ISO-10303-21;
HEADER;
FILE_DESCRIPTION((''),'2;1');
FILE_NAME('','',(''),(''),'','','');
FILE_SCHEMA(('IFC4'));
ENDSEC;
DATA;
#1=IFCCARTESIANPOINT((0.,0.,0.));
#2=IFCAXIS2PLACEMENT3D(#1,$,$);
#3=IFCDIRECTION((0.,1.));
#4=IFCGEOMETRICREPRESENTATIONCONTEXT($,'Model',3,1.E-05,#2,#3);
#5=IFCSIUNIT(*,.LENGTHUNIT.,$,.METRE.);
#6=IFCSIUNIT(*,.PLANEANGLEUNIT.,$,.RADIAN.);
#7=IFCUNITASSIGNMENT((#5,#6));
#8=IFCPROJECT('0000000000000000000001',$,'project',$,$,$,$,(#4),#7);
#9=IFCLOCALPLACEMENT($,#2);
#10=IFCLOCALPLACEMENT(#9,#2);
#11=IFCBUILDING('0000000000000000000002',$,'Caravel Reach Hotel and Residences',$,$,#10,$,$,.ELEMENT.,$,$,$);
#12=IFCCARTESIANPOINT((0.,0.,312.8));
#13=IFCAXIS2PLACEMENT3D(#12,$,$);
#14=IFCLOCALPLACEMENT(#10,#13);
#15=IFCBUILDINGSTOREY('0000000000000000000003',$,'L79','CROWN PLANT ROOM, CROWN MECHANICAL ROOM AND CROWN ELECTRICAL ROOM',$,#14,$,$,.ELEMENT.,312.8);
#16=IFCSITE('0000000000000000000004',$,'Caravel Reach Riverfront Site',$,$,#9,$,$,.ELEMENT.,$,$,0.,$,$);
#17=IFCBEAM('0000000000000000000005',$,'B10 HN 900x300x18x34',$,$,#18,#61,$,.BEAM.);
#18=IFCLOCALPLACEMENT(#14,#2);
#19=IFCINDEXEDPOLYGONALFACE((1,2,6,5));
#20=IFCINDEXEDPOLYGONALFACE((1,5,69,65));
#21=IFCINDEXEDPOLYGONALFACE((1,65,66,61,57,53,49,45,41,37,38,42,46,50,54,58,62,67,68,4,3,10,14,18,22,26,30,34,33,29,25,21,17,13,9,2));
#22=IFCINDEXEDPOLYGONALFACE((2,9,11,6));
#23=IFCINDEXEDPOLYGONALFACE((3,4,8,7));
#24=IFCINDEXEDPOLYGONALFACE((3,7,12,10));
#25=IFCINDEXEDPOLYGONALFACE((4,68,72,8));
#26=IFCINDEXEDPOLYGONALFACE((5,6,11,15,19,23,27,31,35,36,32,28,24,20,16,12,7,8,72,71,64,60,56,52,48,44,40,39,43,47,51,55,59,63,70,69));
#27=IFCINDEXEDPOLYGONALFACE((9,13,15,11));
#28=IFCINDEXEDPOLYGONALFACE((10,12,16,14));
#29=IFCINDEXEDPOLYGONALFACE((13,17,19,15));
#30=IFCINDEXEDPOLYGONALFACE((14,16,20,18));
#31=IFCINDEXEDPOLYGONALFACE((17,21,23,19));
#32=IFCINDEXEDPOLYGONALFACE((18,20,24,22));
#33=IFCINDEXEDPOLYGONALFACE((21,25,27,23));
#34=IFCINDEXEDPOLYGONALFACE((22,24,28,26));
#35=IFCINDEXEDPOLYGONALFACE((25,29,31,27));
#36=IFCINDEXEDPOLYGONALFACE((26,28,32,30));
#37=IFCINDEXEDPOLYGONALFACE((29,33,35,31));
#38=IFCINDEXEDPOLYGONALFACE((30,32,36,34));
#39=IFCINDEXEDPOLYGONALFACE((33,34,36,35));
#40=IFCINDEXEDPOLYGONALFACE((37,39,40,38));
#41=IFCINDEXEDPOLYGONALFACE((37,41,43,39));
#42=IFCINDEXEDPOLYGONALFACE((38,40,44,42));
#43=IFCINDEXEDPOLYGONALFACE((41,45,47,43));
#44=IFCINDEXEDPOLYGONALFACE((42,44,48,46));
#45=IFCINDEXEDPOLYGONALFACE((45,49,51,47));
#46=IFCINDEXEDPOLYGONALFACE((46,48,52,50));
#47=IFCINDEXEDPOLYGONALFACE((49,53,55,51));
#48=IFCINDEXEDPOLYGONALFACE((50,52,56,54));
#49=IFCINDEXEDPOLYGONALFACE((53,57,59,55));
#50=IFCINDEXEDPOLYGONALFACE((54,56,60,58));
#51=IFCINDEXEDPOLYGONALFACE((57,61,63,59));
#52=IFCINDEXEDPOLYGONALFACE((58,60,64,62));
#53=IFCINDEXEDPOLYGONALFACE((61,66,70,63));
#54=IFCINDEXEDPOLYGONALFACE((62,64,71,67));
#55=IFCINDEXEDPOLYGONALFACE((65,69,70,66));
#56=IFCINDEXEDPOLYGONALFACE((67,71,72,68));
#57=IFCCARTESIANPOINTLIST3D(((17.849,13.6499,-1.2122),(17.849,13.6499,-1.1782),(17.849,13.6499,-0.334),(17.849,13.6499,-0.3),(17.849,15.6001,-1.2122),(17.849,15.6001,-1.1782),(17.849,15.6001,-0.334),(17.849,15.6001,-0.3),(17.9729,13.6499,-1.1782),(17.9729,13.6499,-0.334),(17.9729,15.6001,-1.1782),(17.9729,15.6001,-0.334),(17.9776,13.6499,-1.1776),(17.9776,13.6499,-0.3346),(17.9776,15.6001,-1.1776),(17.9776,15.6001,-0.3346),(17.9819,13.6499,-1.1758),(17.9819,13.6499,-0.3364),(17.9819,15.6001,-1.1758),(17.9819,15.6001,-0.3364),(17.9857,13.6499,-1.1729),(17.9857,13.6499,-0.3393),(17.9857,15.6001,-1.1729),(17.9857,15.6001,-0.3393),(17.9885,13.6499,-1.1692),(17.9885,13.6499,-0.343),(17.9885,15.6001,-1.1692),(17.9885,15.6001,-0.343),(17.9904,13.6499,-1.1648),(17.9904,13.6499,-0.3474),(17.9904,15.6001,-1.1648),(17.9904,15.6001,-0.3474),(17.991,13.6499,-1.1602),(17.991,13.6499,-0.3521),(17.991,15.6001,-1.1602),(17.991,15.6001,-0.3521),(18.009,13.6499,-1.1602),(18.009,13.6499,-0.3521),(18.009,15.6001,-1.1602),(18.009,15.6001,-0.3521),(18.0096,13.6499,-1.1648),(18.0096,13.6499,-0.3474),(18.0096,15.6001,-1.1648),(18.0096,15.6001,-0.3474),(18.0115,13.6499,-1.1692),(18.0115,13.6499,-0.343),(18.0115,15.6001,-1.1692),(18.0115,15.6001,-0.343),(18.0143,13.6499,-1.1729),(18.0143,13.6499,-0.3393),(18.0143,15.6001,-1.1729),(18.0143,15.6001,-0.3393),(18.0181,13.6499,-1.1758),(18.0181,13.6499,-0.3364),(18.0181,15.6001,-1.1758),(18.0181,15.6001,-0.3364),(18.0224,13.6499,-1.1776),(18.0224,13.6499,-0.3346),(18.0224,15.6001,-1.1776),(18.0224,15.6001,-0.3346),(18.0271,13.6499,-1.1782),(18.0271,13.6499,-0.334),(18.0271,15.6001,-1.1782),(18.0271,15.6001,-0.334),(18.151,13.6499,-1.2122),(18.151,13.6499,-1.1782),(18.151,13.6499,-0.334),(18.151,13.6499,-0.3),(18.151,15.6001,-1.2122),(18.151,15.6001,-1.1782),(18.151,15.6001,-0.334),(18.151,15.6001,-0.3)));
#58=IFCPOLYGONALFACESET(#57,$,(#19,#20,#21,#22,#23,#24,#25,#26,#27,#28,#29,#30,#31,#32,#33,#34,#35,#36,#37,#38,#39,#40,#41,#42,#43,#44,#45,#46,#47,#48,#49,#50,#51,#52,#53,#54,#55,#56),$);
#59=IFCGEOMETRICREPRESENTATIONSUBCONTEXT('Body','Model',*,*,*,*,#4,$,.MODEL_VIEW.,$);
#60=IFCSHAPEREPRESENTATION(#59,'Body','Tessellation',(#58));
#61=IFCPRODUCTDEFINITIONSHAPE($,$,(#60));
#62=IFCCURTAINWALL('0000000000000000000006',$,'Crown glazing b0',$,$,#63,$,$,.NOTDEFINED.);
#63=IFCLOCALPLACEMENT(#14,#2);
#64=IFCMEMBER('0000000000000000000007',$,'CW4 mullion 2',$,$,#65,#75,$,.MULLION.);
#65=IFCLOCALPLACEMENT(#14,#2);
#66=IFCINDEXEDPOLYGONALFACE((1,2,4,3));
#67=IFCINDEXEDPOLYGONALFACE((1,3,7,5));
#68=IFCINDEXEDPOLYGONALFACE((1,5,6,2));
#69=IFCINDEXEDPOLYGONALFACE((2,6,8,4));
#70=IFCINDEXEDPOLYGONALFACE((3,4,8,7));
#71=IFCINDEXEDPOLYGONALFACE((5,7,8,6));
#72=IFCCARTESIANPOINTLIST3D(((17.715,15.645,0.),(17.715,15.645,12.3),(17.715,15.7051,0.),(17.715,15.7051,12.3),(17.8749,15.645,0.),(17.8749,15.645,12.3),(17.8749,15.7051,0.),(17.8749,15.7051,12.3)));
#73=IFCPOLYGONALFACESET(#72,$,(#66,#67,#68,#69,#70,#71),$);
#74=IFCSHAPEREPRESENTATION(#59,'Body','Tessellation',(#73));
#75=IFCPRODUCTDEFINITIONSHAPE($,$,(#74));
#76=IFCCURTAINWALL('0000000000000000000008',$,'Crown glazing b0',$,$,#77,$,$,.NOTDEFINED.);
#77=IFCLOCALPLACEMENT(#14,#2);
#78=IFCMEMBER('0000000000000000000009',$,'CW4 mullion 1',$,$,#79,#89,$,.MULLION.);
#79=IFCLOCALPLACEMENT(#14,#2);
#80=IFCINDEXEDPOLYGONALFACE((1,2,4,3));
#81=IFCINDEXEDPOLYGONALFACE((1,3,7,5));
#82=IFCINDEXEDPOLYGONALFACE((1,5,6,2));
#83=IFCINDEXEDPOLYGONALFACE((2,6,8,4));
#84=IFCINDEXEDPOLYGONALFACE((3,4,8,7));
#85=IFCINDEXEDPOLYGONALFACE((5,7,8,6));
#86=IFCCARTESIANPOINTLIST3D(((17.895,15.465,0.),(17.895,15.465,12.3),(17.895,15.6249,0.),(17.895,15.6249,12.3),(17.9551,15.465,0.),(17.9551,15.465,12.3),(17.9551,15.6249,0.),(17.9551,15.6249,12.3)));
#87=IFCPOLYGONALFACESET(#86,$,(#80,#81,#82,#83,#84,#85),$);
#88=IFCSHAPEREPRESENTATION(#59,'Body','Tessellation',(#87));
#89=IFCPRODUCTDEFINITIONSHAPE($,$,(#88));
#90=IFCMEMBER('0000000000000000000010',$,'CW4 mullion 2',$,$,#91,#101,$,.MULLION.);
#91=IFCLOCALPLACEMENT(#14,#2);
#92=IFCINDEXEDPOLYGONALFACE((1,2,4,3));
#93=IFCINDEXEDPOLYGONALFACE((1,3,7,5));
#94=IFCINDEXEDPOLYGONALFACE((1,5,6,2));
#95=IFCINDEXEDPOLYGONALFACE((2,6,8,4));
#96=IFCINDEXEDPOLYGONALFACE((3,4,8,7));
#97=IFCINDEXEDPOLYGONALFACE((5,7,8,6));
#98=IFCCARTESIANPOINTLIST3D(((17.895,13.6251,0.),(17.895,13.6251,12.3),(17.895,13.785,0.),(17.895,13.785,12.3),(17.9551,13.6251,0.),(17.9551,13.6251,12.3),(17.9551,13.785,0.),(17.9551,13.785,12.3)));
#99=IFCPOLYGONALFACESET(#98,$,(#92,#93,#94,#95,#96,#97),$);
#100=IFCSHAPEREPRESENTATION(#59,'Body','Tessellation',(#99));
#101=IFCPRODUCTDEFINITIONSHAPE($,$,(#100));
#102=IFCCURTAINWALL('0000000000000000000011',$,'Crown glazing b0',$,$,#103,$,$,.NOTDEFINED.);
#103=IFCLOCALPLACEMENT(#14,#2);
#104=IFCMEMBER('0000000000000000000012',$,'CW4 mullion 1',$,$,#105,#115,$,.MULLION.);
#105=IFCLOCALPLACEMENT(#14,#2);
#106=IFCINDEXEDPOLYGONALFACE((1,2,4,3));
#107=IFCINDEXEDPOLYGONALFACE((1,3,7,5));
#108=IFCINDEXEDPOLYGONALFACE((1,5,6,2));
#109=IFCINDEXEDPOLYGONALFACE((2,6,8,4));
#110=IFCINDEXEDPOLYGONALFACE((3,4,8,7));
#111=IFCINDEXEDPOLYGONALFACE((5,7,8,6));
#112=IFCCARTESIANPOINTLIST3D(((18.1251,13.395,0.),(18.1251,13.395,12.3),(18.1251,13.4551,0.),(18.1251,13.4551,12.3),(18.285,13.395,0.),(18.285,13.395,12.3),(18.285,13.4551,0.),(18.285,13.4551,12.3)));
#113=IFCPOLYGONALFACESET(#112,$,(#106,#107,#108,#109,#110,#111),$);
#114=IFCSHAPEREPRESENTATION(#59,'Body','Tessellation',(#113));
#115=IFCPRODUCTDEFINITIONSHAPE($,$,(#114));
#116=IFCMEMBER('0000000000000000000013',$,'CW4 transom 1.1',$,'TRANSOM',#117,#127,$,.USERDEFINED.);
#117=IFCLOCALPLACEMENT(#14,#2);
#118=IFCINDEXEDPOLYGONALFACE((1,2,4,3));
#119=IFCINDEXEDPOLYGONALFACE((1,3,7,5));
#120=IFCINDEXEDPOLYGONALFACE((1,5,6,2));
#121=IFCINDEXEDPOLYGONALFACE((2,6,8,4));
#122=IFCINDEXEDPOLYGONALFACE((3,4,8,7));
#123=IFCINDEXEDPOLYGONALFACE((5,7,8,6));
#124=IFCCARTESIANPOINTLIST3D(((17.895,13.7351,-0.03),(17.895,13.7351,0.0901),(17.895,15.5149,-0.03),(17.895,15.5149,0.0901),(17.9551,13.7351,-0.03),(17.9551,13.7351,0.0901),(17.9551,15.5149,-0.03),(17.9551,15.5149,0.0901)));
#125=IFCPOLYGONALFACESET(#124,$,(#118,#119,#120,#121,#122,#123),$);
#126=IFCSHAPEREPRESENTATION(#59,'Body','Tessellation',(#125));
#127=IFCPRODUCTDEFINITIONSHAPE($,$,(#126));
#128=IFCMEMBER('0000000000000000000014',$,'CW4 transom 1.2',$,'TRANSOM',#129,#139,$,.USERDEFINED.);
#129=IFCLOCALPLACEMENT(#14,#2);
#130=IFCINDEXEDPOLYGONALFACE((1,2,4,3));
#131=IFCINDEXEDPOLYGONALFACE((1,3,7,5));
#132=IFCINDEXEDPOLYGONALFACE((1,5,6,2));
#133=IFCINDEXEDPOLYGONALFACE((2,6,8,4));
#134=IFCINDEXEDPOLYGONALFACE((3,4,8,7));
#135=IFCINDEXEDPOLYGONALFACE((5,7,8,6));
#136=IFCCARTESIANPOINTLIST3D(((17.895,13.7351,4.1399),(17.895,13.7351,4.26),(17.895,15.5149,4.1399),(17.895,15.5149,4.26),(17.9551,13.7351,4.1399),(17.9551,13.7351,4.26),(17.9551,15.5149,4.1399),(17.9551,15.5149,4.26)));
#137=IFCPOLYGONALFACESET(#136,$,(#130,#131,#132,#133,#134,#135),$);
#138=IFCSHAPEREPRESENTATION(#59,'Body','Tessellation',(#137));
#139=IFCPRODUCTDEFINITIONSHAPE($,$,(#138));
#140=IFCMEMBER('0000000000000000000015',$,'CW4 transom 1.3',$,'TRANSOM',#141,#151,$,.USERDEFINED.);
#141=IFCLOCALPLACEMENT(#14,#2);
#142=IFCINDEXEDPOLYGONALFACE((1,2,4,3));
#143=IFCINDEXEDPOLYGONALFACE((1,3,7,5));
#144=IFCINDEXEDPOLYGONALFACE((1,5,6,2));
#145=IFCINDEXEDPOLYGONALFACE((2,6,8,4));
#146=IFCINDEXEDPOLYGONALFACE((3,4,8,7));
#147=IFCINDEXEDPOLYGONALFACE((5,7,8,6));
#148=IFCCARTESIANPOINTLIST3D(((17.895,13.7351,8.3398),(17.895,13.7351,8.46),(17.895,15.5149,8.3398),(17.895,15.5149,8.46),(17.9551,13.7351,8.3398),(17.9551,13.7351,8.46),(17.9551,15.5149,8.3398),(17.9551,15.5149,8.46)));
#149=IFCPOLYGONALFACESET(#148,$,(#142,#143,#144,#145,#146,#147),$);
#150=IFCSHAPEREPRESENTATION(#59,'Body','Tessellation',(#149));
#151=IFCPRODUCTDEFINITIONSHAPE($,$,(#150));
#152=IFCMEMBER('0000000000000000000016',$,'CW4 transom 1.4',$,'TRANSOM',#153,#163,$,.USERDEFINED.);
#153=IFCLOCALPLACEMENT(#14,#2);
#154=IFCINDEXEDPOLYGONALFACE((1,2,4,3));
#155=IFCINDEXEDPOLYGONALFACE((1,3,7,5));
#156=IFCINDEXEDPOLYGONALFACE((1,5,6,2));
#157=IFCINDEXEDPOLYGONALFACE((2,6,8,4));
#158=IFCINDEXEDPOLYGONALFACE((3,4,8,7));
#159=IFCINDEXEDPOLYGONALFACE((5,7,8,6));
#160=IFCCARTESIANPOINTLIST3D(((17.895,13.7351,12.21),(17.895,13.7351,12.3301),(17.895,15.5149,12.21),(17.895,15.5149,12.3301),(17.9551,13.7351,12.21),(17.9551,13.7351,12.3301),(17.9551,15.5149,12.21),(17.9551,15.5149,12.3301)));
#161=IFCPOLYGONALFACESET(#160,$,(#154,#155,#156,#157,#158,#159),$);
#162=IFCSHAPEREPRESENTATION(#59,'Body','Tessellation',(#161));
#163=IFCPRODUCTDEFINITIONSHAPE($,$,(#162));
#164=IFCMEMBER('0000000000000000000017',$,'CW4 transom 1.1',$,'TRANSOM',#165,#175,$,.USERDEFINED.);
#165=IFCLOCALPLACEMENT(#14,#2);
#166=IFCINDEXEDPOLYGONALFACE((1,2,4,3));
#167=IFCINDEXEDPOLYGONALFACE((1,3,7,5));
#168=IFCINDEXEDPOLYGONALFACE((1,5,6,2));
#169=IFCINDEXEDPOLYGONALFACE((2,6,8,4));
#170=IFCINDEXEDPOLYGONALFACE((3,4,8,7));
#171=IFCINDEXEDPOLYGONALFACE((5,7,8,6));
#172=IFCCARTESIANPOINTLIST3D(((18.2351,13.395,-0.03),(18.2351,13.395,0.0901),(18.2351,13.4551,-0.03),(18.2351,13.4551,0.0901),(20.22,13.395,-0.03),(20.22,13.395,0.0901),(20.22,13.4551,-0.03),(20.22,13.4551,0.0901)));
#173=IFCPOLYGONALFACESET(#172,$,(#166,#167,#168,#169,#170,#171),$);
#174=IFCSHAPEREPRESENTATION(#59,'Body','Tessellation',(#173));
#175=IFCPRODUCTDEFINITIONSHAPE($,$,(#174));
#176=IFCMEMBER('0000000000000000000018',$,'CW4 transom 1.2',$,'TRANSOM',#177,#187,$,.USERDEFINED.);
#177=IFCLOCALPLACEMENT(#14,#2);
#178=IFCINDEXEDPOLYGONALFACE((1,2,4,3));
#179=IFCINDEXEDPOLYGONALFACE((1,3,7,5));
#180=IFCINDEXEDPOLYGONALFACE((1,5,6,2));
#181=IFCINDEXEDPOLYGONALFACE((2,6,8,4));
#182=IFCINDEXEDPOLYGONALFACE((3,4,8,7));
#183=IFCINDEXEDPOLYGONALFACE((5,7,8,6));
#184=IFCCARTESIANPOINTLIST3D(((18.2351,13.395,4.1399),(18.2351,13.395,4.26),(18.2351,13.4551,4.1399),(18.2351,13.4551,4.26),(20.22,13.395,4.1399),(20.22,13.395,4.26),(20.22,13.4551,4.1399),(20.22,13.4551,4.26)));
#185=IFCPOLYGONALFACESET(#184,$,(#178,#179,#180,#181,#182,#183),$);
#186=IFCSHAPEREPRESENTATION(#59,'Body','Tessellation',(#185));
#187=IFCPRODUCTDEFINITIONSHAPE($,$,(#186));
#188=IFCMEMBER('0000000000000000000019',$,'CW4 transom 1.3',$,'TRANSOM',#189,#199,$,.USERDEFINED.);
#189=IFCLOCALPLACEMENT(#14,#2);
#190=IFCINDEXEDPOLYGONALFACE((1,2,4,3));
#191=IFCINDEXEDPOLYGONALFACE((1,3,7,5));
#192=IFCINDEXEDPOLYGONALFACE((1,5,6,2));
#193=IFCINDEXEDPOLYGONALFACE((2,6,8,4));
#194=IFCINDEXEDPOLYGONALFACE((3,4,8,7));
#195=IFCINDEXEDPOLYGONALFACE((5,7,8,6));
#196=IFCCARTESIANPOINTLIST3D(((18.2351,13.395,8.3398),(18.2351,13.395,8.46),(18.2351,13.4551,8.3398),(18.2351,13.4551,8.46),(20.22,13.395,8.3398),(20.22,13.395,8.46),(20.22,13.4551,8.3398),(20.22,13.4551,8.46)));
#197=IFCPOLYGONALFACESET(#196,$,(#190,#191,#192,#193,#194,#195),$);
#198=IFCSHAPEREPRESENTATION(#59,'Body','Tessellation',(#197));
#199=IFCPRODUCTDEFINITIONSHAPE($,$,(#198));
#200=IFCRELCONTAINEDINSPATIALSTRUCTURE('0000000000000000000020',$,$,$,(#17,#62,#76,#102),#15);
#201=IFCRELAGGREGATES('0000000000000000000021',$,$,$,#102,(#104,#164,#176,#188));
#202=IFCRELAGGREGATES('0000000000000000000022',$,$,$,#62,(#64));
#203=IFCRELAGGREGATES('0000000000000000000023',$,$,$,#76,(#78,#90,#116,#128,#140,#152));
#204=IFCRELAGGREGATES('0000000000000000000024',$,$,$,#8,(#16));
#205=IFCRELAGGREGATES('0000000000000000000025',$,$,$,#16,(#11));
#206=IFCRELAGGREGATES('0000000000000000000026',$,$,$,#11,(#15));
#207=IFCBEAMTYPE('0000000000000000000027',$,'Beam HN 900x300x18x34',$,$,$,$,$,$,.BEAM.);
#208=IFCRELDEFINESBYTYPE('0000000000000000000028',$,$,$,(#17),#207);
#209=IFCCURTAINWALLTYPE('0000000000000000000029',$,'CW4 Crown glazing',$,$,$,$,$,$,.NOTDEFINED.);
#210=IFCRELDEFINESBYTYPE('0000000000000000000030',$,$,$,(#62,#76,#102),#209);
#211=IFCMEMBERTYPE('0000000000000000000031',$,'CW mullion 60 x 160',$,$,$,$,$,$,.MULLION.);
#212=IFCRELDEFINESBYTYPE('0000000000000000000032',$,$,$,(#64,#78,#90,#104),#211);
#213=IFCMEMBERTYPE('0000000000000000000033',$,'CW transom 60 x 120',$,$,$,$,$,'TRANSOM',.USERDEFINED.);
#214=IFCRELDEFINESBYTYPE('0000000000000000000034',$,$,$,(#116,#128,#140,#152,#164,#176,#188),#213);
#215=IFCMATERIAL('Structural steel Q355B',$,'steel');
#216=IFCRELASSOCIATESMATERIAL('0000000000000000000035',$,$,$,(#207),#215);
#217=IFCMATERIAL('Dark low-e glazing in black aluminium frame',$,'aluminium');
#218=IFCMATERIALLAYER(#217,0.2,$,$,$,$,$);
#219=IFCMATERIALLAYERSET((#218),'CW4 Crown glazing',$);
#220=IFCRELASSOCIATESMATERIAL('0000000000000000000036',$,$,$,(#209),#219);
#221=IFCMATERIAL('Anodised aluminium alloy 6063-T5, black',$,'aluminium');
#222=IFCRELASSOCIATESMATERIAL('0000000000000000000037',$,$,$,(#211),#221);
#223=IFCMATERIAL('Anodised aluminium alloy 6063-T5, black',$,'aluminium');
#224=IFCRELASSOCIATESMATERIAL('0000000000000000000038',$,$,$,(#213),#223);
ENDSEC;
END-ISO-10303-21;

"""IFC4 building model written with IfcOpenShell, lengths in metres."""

from ifc_helpers import new_model, si_unit, direction, frame, origin, origin_2d, place, context, subcontext, project, spatial, rectangle, i_section, extrude, material, layer, layer_set, material_profile, profile_set, type_object, element, aggregate, save


model = new_model("IFC4")

# Units and contexts
model_context = context("Model", 3, precision=1e-05, world=origin(), true_north=direction((0.0, 1.0)))
body_context = subcontext(model_context, "Body", "Model", "MODEL_VIEW")
ifc_project = project(units=[si_unit("LENGTHUNIT", "METRE"), si_unit("PLANEANGLEUNIT", "RADIAN")], contexts=[model_context])

# Site, building, storey
site_placement = place(None, origin())
site = spatial("IfcSite", under=ifc_project, at=site_placement, Name="Caravel Reach Riverfront Site", CompositionType="ELEMENT", RefElevation=0.0)
building_placement = place(site_placement, origin())
building = spatial("IfcBuilding", under=site, at=building_placement, Name="Caravel Reach Hotel and Residences", CompositionType="ELEMENT")
storey_placement = place(building_placement, frame((0.0, 0.0, 312.8)))
storey = spatial("IfcBuildingStorey", under=building, at=storey_placement, Name="L79", Description="CROWN PLANT ROOM, CROWN MECHANICAL ROOM AND CROWN ELECTRICAL ROOM", CompositionType="ELEMENT", Elevation=312.8)

# Beam
ifc_material_1 = material(Name="Structural steel Q355B", Category="steel")
ifc_material_profile_1 = material_profile(ifc_material_1, i_section(OverallWidth=0.302, OverallDepth=0.9121, WebThickness=0.0181, FlangeThickness=0.0339, FilletRadius=0.0181, at=origin_2d()), Name="HN 900x300x18x34")
ifc_profile_set_1 = profile_set([ifc_material_profile_1], Name="Structural steel Q355B")
beam_type_1 = type_object("IfcBeamType", Name="Beam HN 900x300x18x34", PredefinedType="BEAM", material=ifc_profile_set_1)
beam_1_placement = place(storey_placement, frame((18.0, 15.6001, -0.7561), z_axis=(0.0, -1.0, 0.0), x_axis=(1.0, 0.0, 0.0)))
element("IfcBeam", 1, at=beam_1_placement, inside=storey, type_object=beam_type_1, Name="B10 HN 900x300x18x34", PredefinedType="BEAM", context=body_context, shape_type="SweptSolid", body=[
    extrude(i_section(OverallWidth=0.302, OverallDepth=0.9121, WebThickness=0.0181, FlangeThickness=0.0339, FilletRadius=0.0181, at=origin_2d()), origin(), (0.0, 0.0, 1.0), 1.9502),
])

# Curtain wall, member
ifc_material_2 = material(Name="Dark low-e glazing in black aluminium frame", Category="aluminium")
ifc_layer_1 = layer(ifc_material_2, 0.2)
ifc_layer_set_1 = layer_set([ifc_layer_1], Name="CW4 Crown glazing")
curtain_wall_type = type_object("IfcCurtainWallType", Name="CW4 Crown glazing", PredefinedType="NOTDEFINED", material=ifc_layer_set_1)
curtain_wall_1_placement = place(storey_placement, origin())
curtain_wall_1 = element("IfcCurtainWall", 2, at=curtain_wall_1_placement, inside=storey, type_object=curtain_wall_type, Name="Crown glazing b0", PredefinedType="NOTDEFINED")
ifc_material_3 = material(Name="Anodised aluminium alloy 6063-T5, black", Category="aluminium")
ifc_material_profile_2 = material_profile(ifc_material_3, rectangle(XDim=0.0601, YDim=0.1599, at=origin_2d()), Name="CW mullion 60 x 160")
ifc_profile_set_2 = profile_set([ifc_material_profile_2], Name="Anodised aluminium alloy 6063-T5, black")
member_type_1 = type_object("IfcMemberType", Name="CW mullion 60 x 160", PredefinedType="MULLION", material=ifc_profile_set_2)
member_1_placement = place(storey_placement, frame((17.7949, 15.675, 0.0), z_axis=(0.0, 0.0, 1.0), x_axis=(0.0, 1.0, 0.0)))
member_1 = element("IfcMember", 3, at=member_1_placement, type_object=member_type_1, Name="CW4 mullion 2", PredefinedType="MULLION", context=body_context, shape_type="SweptSolid", body=[
    extrude(rectangle(XDim=0.0601, YDim=0.1599, at=origin_2d()), origin(), (0.0, 0.0, 1.0), 12.3),
])

# Curtain wall, members
curtain_wall_2_placement = place(storey_placement, origin())
curtain_wall_2 = element("IfcCurtainWall", 4, at=curtain_wall_2_placement, inside=storey, type_object=curtain_wall_type, Name="Crown glazing b0", PredefinedType="NOTDEFINED")
member_2_placement = place(storey_placement, frame((17.925, 15.5449, 0.0), z_axis=(0.0, 0.0, 1.0), x_axis=(1.0, 0.0, 0.0)))
member_2 = element("IfcMember", 5, at=member_2_placement, type_object=member_type_1, Name="CW4 mullion 1", PredefinedType="MULLION", context=body_context, shape_type="SweptSolid", body=[
    extrude(rectangle(XDim=0.0601, YDim=0.1599, at=origin_2d()), origin(), (0.0, 0.0, 1.0), 12.3),
])
member_3_placement = place(storey_placement, frame((17.925, 13.7051, 0.0), z_axis=(0.0, 0.0, 1.0), x_axis=(1.0, 0.0, 0.0)))
member_3 = element("IfcMember", 6, at=member_3_placement, type_object=member_type_1, Name="CW4 mullion 2", PredefinedType="MULLION", context=body_context, shape_type="SweptSolid", body=[
    extrude(rectangle(XDim=0.0601, YDim=0.1599, at=origin_2d()), origin(), (0.0, 0.0, 1.0), 12.3),
])

# Curtain wall, member
curtain_wall_3_placement = place(storey_placement, origin())
curtain_wall_3 = element("IfcCurtainWall", 7, at=curtain_wall_3_placement, inside=storey, type_object=curtain_wall_type, Name="Crown glazing b0", PredefinedType="NOTDEFINED")
member_4_placement = place(storey_placement, frame((18.2051, 13.425, 0.0), z_axis=(0.0, 0.0, 1.0), x_axis=(0.0, 1.0, 0.0)))
member_4 = element("IfcMember", 8, at=member_4_placement, type_object=member_type_1, Name="CW4 mullion 1", PredefinedType="MULLION", context=body_context, shape_type="SweptSolid", body=[
    extrude(rectangle(XDim=0.0601, YDim=0.1599, at=origin_2d()), origin(), (0.0, 0.0, 1.0), 12.3),
])

# Members
ifc_material_4 = material(Name="Anodised aluminium alloy 6063-T5, black", Category="aluminium")
ifc_material_profile_3 = material_profile(ifc_material_4, rectangle(XDim=0.0601, YDim=0.1201, at=origin_2d()), Name="CW transom 60 x 120")
ifc_profile_set_3 = profile_set([ifc_material_profile_3], Name="Anodised aluminium alloy 6063-T5, black")
member_type_2 = type_object("IfcMemberType", Name="CW transom 60 x 120", ElementType="TRANSOM", PredefinedType="USERDEFINED", material=ifc_profile_set_3)
member_5_placement = place(storey_placement, frame((17.925, 15.5149, 0.03), z_axis=(0.0, -1.0, 0.0), x_axis=(1.0, 0.0, 0.0)))
member_5 = element("IfcMember", 9, at=member_5_placement, type_object=member_type_2, Name="CW4 transom 1.1", ObjectType="TRANSOM", PredefinedType="USERDEFINED", context=body_context, shape_type="SweptSolid", body=[
    extrude(rectangle(XDim=0.0601, YDim=0.1201, at=origin_2d()), origin(), (0.0, 0.0, 1.0), 1.7798),
])
member_6_placement = place(storey_placement, frame((17.925, 15.5149, 4.2), z_axis=(0.0, -1.0, 0.0), x_axis=(1.0, 0.0, 0.0)))
member_6 = element("IfcMember", 10, at=member_6_placement, type_object=member_type_2, Name="CW4 transom 1.2", ObjectType="TRANSOM", PredefinedType="USERDEFINED", context=body_context, shape_type="SweptSolid", body=[
    extrude(rectangle(XDim=0.0601, YDim=0.1201, at=origin_2d()), origin(), (0.0, 0.0, 1.0), 1.7798),
])
member_7_placement = place(storey_placement, frame((17.925, 15.5149, 8.3999), z_axis=(0.0, -1.0, 0.0), x_axis=(1.0, 0.0, 0.0)))
member_7 = element("IfcMember", 11, at=member_7_placement, type_object=member_type_2, Name="CW4 transom 1.3", ObjectType="TRANSOM", PredefinedType="USERDEFINED", context=body_context, shape_type="SweptSolid", body=[
    extrude(rectangle(XDim=0.0601, YDim=0.1201, at=origin_2d()), origin(), (0.0, 0.0, 1.0), 1.7798),
])
member_8_placement = place(storey_placement, frame((17.925, 15.5149, 12.27), z_axis=(0.0, -1.0, 0.0), x_axis=(1.0, 0.0, 0.0)))
member_8 = element("IfcMember", 12, at=member_8_placement, type_object=member_type_2, Name="CW4 transom 1.4", ObjectType="TRANSOM", PredefinedType="USERDEFINED", context=body_context, shape_type="SweptSolid", body=[
    extrude(rectangle(XDim=0.0601, YDim=0.1201, at=origin_2d()), origin(), (0.0, 0.0, 1.0), 1.7798),
])
member_9_placement = place(storey_placement, frame((18.2351, 13.425, 0.03), z_axis=(1.0, 0.0, 0.0), x_axis=(0.0, 1.0, 0.0)))
member_9 = element("IfcMember", 13, at=member_9_placement, type_object=member_type_2, Name="CW4 transom 1.1", ObjectType="TRANSOM", PredefinedType="USERDEFINED", context=body_context, shape_type="SweptSolid", body=[
    extrude(rectangle(XDim=0.0601, YDim=0.1201, at=origin_2d()), origin(), (0.0, 0.0, 1.0), 1.9849),
])
member_10_placement = place(storey_placement, frame((18.2351, 13.425, 4.2), z_axis=(1.0, 0.0, 0.0), x_axis=(0.0, 1.0, 0.0)))
member_10 = element("IfcMember", 14, at=member_10_placement, type_object=member_type_2, Name="CW4 transom 1.2", ObjectType="TRANSOM", PredefinedType="USERDEFINED", context=body_context, shape_type="SweptSolid", body=[
    extrude(rectangle(XDim=0.0601, YDim=0.1201, at=origin_2d()), origin(), (0.0, 0.0, 1.0), 1.9849),
])
member_11_placement = place(storey_placement, frame((18.2351, 13.425, 8.3999), z_axis=(1.0, 0.0, 0.0), x_axis=(0.0, 1.0, 0.0)))
member_11 = element("IfcMember", 15, at=member_11_placement, type_object=member_type_2, Name="CW4 transom 1.3", ObjectType="TRANSOM", PredefinedType="USERDEFINED", context=body_context, shape_type="SweptSolid", body=[
    extrude(rectangle(XDim=0.0601, YDim=0.1201, at=origin_2d()), origin(), (0.0, 0.0, 1.0), 1.9849),
])
aggregate(curtain_wall_3, [member_4, member_9, member_10, member_11])

aggregate(curtain_wall_1, [member_1])
aggregate(curtain_wall_2, [member_2, member_3, member_5, member_6, member_7, member_8])

save(model, "model.ifc")
